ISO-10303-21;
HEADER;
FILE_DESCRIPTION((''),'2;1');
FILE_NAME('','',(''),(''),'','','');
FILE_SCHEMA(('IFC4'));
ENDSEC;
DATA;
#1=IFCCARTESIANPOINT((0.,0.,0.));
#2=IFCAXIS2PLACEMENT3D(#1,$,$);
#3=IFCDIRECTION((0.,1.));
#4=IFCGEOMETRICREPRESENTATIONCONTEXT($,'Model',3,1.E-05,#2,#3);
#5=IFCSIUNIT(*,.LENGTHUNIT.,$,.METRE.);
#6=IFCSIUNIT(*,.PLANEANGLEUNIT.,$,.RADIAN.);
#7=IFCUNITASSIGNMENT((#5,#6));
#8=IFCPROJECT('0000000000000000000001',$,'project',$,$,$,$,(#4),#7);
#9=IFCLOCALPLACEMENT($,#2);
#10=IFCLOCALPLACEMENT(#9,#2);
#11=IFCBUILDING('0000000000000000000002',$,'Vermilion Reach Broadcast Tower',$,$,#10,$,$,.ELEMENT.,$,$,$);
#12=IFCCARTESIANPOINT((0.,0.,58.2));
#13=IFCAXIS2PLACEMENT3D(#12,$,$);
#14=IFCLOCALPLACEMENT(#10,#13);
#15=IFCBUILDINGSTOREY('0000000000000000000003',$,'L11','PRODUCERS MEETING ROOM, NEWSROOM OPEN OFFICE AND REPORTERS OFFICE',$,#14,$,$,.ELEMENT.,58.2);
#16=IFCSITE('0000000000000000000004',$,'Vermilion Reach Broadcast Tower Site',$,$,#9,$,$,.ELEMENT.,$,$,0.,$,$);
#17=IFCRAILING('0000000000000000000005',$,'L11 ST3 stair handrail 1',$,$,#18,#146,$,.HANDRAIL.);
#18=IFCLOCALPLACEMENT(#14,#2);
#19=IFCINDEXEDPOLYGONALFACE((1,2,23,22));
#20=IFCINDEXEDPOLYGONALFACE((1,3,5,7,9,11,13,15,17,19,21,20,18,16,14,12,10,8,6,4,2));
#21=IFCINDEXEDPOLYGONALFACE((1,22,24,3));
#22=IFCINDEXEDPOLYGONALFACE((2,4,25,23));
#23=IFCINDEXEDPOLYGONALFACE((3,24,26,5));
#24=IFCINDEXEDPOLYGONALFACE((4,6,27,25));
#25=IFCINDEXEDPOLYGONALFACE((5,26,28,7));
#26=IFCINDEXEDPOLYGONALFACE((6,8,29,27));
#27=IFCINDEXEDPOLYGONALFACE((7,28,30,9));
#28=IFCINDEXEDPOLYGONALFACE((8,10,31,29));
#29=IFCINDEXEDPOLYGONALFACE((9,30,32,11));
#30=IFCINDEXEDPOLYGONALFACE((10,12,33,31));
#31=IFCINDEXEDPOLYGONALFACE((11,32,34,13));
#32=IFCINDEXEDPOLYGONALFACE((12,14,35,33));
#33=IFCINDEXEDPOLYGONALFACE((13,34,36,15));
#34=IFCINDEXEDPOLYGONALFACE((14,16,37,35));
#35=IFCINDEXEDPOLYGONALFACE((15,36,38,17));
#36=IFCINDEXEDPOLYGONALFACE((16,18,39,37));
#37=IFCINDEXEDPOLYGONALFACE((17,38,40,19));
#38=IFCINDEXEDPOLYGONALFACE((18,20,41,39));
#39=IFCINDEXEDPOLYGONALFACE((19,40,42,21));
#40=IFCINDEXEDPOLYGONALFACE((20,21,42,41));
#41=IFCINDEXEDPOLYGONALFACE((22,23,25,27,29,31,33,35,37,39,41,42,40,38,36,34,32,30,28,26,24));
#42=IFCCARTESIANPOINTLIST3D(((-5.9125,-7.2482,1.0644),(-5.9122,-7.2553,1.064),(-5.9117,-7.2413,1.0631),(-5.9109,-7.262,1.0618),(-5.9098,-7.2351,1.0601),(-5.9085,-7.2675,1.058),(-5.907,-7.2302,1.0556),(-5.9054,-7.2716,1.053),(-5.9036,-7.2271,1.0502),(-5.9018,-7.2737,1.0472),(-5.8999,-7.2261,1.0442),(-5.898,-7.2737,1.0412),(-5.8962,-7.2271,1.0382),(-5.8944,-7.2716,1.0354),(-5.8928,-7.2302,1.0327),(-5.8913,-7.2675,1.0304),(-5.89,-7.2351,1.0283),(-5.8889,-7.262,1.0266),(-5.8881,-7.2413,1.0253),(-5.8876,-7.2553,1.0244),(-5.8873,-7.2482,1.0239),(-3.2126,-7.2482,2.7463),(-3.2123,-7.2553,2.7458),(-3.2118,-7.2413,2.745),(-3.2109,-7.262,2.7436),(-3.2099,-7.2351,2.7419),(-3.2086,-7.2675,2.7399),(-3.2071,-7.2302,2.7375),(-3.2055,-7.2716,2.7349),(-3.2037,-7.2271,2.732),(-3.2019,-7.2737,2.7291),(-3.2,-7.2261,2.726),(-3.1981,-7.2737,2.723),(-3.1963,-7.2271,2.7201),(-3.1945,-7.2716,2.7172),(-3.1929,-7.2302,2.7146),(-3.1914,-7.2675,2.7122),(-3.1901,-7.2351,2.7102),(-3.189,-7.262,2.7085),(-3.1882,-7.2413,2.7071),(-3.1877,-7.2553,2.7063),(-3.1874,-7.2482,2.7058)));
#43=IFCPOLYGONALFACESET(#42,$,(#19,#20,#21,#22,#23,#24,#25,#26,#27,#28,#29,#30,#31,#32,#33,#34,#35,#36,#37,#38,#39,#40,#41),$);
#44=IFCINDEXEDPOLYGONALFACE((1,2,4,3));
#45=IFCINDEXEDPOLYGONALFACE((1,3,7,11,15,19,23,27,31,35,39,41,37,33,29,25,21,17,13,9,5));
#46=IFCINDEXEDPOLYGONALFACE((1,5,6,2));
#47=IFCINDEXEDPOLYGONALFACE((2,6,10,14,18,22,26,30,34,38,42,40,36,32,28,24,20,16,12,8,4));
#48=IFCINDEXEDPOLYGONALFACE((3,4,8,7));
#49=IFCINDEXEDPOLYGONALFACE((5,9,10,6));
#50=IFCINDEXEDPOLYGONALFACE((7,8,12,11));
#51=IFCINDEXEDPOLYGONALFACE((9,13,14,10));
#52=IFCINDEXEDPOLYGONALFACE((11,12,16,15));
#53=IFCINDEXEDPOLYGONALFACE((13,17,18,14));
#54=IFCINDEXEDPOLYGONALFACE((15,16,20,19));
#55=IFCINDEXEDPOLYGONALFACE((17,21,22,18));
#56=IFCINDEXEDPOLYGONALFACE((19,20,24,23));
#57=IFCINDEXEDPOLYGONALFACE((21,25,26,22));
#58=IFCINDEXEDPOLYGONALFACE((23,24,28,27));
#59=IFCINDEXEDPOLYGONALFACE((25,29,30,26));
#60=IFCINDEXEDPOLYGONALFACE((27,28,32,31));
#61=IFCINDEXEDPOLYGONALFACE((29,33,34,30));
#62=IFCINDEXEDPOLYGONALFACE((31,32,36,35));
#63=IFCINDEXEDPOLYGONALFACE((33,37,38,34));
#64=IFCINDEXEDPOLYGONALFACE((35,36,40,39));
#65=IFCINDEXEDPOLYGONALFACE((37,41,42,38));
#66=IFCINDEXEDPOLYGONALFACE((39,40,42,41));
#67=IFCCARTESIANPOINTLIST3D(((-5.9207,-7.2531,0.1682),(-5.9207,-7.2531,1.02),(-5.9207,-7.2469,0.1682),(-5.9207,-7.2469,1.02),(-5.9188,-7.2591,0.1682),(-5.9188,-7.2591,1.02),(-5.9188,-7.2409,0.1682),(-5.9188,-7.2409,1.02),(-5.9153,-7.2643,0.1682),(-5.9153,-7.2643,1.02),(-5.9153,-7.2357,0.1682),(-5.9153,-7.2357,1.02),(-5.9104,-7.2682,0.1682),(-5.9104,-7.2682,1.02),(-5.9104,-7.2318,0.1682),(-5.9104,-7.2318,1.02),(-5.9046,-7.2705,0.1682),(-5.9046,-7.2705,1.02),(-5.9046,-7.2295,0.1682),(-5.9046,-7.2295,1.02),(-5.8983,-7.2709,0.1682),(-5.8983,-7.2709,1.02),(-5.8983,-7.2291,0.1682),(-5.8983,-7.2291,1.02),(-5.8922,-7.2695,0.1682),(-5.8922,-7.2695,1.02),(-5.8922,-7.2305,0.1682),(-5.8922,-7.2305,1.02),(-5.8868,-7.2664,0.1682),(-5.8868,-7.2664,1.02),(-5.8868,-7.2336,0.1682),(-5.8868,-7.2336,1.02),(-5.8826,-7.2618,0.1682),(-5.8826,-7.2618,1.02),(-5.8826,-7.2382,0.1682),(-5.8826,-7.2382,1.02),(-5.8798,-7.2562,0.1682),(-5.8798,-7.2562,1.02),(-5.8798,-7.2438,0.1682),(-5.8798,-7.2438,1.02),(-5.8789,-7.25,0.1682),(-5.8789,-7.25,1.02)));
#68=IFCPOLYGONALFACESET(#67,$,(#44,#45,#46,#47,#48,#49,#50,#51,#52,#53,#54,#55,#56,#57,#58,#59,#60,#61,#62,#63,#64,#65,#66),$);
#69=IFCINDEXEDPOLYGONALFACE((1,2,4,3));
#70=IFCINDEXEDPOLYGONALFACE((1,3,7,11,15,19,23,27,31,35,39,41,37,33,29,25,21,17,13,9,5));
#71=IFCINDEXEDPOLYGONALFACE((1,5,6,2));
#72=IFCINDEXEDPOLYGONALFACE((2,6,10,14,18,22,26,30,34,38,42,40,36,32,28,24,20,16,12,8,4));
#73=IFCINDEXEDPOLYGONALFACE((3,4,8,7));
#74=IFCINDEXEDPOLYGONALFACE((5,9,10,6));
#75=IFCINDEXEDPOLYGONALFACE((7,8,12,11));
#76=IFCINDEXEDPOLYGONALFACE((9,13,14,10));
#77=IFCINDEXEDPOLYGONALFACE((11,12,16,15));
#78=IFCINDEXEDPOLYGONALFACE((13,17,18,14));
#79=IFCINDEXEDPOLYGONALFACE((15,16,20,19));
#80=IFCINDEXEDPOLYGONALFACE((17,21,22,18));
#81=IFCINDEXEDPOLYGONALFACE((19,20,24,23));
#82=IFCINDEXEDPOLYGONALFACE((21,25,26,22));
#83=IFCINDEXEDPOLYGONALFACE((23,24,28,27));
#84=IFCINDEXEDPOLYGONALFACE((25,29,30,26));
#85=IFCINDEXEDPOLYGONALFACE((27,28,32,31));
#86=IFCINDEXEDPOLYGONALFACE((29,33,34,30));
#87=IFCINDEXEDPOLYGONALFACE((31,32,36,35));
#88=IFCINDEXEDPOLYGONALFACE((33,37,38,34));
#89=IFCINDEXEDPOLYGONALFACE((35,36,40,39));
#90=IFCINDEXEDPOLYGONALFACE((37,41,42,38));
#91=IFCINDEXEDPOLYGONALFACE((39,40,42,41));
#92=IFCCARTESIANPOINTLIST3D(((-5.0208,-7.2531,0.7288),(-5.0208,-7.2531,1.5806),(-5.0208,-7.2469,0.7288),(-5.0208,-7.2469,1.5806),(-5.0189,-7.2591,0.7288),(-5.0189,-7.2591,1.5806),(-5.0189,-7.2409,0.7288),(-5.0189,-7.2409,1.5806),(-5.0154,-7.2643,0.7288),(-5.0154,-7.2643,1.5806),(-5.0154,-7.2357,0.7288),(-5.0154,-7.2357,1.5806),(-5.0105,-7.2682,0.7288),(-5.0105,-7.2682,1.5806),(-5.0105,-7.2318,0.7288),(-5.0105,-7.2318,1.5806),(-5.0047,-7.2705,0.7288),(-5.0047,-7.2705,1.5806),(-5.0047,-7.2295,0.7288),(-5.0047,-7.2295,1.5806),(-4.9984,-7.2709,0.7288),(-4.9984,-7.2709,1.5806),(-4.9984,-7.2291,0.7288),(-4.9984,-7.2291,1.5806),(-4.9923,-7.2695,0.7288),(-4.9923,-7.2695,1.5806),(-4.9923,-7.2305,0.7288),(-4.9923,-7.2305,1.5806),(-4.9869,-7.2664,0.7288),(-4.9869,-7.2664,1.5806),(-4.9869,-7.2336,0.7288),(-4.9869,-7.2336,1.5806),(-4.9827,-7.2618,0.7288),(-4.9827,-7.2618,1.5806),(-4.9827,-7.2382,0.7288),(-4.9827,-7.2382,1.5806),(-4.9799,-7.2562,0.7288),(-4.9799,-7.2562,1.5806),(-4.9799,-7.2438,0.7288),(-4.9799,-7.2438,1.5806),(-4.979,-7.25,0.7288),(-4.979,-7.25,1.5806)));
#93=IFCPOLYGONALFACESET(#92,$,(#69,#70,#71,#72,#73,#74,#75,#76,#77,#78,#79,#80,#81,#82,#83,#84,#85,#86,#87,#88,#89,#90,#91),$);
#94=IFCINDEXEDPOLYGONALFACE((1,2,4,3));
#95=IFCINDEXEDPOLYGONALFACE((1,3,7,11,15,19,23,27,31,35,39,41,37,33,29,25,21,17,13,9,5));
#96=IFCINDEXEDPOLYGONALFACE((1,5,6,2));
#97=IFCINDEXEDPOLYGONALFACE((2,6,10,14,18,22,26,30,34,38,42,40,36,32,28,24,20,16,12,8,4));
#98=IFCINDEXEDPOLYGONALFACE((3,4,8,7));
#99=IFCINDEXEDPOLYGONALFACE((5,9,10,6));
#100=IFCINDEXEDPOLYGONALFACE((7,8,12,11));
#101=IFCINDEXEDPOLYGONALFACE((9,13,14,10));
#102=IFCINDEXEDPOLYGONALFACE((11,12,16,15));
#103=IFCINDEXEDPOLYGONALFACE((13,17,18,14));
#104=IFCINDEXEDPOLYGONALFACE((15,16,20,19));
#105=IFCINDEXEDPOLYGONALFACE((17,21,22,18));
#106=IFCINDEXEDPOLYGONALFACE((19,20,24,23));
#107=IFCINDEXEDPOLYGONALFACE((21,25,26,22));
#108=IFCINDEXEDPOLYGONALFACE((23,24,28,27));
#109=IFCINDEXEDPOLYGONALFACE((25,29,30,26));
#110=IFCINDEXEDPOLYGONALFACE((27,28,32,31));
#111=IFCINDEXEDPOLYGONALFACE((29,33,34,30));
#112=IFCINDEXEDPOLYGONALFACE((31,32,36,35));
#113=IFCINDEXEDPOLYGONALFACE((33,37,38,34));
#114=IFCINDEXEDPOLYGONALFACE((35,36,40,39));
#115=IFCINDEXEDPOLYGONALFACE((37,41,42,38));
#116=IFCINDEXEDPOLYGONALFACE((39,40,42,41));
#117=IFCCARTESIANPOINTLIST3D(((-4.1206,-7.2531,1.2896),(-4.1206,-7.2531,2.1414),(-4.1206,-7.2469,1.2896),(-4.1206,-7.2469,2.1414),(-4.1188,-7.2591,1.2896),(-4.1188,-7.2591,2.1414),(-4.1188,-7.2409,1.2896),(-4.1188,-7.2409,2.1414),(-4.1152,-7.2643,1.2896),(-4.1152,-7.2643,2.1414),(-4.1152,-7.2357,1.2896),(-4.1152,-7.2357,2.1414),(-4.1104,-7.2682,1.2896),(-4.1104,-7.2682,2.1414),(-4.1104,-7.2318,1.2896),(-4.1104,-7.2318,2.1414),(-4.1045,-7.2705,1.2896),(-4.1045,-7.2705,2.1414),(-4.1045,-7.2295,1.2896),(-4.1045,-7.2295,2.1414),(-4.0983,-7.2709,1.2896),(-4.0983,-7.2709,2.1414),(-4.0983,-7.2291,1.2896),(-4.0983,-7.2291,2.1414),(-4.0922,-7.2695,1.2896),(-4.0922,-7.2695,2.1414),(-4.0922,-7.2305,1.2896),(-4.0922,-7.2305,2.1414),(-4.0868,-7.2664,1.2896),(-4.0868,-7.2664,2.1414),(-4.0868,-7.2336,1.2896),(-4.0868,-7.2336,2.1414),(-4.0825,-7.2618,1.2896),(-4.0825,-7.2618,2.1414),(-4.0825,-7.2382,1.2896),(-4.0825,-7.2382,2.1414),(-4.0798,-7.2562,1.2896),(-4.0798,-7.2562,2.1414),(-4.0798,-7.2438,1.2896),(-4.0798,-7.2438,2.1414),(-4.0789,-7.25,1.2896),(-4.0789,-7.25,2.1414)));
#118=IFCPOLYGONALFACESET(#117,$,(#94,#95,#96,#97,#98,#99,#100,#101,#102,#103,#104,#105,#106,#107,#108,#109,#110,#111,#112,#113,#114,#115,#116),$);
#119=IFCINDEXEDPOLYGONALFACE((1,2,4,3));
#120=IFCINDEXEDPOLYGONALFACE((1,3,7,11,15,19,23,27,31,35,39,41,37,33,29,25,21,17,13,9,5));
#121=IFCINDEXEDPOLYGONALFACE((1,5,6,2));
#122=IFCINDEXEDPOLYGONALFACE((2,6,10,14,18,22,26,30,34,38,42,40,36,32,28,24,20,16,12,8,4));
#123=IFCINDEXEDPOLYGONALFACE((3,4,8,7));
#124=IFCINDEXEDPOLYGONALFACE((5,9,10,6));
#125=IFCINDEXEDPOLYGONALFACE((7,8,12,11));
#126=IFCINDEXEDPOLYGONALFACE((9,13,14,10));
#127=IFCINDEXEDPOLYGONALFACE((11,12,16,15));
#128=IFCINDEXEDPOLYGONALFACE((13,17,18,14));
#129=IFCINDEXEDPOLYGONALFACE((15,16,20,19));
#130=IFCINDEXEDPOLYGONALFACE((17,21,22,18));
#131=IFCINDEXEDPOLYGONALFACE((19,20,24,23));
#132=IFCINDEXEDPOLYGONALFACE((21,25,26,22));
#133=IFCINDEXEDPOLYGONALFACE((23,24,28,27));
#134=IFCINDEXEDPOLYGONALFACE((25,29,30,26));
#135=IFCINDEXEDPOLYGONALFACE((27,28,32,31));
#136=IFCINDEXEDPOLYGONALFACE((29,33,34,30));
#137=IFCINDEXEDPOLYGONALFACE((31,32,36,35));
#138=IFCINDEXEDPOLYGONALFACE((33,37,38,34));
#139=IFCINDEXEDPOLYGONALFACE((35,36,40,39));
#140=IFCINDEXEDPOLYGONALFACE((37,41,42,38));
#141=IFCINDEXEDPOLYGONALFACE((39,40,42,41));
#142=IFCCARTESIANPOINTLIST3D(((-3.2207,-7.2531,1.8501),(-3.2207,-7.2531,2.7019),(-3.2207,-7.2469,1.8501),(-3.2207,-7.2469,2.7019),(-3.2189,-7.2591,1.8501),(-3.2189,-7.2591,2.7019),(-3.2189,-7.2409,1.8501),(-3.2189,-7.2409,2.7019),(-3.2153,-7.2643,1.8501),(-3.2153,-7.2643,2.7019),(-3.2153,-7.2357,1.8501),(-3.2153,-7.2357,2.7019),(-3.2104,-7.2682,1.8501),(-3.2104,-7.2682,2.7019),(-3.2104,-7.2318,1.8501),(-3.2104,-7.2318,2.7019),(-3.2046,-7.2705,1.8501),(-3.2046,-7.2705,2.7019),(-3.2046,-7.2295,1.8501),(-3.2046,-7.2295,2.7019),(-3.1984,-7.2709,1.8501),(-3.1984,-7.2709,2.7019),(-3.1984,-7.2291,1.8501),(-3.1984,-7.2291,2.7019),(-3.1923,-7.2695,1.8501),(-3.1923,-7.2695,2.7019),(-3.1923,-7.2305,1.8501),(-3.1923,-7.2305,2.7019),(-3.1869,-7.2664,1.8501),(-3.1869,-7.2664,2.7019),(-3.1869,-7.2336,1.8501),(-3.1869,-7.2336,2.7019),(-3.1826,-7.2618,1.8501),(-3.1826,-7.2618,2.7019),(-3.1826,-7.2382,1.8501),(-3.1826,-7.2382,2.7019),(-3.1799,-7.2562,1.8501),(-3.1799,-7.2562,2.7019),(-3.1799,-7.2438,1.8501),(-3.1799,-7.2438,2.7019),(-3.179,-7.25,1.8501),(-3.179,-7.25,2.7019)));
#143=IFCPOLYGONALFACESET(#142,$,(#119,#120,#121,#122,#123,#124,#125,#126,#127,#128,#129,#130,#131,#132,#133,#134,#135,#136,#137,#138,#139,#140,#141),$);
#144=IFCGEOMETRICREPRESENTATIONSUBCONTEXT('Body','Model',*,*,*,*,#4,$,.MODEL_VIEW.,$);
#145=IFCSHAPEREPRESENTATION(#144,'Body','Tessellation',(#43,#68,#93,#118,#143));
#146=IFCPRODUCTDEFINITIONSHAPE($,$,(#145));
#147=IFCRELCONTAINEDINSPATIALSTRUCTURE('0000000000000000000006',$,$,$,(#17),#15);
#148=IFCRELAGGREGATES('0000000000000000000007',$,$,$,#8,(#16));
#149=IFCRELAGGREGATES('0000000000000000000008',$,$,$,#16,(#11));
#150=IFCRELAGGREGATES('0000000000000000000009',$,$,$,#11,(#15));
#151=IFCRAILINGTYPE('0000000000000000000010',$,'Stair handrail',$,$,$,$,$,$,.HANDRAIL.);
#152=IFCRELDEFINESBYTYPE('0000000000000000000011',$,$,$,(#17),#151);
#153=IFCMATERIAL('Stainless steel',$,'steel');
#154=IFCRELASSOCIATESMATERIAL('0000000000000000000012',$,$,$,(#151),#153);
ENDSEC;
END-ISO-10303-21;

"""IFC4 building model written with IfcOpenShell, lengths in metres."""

from ifc_helpers import new_model, si_unit, direction, frame, origin, origin_2d, place, context, subcontext, project, spatial, circle, extrude, material, type_object, element, save


model = new_model("IFC4")

# Units and contexts
model_context = context("Model", 3, precision=1e-05, world=origin(), true_north=direction((0.0, 1.0)))
body_context = subcontext(model_context, "Body", "Model", "MODEL_VIEW")
ifc_project = project(units=[si_unit("LENGTHUNIT", "METRE"), si_unit("PLANEANGLEUNIT", "RADIAN")], contexts=[model_context])

# Site, building, storey
site_placement = place(None, origin())
site = spatial("IfcSite", under=ifc_project, at=site_placement, Name="Vermilion Reach Broadcast Tower Site", CompositionType="ELEMENT", RefElevation=0.0)
building_placement = place(site_placement, origin())
building = spatial("IfcBuilding", under=site, at=building_placement, Name="Vermilion Reach Broadcast Tower", CompositionType="ELEMENT")
storey_placement = place(building_placement, frame((0.0, 0.0, 58.2)))
storey = spatial("IfcBuildingStorey", under=building, at=storey_placement, Name="L11", Description="PRODUCERS MEETING ROOM, NEWSROOM OPEN OFFICE AND REPORTERS OFFICE", CompositionType="ELEMENT", Elevation=58.2)

# Railing
ifc_material_1 = material(Name="Stainless steel", Category="steel")
railing_type_1 = type_object("IfcRailingType", Name="Stair handrail", PredefinedType="HANDRAIL", material=ifc_material_1)
railing_1_placement = place(storey_placement, frame((-5.8999, -7.25, 0.1682)))
element("IfcRailing", 1, at=railing_1_placement, inside=storey, type_object=railing_type_1, Name="L11 ST3 stair handrail 1", PredefinedType="HANDRAIL", context=body_context, shape_type="SweptSolid", body=[
    extrude(circle(Radius=0.0239, at=origin_2d()), frame((0.0, 0.0, 0.876), z_axis=(0.848786, 0.0, 0.528736), x_axis=(0.0, 1.0, 0.0)), (0.0, 0.0, 1.0), 3.1809),
    extrude(circle(Radius=0.021, at=origin_2d()), origin(), (0.0, 0.0, 1.0), 0.8518),
    extrude(circle(Radius=0.021, at=origin_2d()), frame((0.8999, 0.0, 0.5605)), (0.0, 0.0, 1.0), 0.8518),
    extrude(circle(Radius=0.021, at=origin_2d()), frame((1.8, 0.0, 1.1213)), (0.0, 0.0, 1.0), 0.8518),
    extrude(circle(Radius=0.021, at=origin_2d()), frame((2.7, 0.0, 1.6819)), (0.0, 0.0, 1.0), 0.8518),
])

save(model, "model.ifc")
